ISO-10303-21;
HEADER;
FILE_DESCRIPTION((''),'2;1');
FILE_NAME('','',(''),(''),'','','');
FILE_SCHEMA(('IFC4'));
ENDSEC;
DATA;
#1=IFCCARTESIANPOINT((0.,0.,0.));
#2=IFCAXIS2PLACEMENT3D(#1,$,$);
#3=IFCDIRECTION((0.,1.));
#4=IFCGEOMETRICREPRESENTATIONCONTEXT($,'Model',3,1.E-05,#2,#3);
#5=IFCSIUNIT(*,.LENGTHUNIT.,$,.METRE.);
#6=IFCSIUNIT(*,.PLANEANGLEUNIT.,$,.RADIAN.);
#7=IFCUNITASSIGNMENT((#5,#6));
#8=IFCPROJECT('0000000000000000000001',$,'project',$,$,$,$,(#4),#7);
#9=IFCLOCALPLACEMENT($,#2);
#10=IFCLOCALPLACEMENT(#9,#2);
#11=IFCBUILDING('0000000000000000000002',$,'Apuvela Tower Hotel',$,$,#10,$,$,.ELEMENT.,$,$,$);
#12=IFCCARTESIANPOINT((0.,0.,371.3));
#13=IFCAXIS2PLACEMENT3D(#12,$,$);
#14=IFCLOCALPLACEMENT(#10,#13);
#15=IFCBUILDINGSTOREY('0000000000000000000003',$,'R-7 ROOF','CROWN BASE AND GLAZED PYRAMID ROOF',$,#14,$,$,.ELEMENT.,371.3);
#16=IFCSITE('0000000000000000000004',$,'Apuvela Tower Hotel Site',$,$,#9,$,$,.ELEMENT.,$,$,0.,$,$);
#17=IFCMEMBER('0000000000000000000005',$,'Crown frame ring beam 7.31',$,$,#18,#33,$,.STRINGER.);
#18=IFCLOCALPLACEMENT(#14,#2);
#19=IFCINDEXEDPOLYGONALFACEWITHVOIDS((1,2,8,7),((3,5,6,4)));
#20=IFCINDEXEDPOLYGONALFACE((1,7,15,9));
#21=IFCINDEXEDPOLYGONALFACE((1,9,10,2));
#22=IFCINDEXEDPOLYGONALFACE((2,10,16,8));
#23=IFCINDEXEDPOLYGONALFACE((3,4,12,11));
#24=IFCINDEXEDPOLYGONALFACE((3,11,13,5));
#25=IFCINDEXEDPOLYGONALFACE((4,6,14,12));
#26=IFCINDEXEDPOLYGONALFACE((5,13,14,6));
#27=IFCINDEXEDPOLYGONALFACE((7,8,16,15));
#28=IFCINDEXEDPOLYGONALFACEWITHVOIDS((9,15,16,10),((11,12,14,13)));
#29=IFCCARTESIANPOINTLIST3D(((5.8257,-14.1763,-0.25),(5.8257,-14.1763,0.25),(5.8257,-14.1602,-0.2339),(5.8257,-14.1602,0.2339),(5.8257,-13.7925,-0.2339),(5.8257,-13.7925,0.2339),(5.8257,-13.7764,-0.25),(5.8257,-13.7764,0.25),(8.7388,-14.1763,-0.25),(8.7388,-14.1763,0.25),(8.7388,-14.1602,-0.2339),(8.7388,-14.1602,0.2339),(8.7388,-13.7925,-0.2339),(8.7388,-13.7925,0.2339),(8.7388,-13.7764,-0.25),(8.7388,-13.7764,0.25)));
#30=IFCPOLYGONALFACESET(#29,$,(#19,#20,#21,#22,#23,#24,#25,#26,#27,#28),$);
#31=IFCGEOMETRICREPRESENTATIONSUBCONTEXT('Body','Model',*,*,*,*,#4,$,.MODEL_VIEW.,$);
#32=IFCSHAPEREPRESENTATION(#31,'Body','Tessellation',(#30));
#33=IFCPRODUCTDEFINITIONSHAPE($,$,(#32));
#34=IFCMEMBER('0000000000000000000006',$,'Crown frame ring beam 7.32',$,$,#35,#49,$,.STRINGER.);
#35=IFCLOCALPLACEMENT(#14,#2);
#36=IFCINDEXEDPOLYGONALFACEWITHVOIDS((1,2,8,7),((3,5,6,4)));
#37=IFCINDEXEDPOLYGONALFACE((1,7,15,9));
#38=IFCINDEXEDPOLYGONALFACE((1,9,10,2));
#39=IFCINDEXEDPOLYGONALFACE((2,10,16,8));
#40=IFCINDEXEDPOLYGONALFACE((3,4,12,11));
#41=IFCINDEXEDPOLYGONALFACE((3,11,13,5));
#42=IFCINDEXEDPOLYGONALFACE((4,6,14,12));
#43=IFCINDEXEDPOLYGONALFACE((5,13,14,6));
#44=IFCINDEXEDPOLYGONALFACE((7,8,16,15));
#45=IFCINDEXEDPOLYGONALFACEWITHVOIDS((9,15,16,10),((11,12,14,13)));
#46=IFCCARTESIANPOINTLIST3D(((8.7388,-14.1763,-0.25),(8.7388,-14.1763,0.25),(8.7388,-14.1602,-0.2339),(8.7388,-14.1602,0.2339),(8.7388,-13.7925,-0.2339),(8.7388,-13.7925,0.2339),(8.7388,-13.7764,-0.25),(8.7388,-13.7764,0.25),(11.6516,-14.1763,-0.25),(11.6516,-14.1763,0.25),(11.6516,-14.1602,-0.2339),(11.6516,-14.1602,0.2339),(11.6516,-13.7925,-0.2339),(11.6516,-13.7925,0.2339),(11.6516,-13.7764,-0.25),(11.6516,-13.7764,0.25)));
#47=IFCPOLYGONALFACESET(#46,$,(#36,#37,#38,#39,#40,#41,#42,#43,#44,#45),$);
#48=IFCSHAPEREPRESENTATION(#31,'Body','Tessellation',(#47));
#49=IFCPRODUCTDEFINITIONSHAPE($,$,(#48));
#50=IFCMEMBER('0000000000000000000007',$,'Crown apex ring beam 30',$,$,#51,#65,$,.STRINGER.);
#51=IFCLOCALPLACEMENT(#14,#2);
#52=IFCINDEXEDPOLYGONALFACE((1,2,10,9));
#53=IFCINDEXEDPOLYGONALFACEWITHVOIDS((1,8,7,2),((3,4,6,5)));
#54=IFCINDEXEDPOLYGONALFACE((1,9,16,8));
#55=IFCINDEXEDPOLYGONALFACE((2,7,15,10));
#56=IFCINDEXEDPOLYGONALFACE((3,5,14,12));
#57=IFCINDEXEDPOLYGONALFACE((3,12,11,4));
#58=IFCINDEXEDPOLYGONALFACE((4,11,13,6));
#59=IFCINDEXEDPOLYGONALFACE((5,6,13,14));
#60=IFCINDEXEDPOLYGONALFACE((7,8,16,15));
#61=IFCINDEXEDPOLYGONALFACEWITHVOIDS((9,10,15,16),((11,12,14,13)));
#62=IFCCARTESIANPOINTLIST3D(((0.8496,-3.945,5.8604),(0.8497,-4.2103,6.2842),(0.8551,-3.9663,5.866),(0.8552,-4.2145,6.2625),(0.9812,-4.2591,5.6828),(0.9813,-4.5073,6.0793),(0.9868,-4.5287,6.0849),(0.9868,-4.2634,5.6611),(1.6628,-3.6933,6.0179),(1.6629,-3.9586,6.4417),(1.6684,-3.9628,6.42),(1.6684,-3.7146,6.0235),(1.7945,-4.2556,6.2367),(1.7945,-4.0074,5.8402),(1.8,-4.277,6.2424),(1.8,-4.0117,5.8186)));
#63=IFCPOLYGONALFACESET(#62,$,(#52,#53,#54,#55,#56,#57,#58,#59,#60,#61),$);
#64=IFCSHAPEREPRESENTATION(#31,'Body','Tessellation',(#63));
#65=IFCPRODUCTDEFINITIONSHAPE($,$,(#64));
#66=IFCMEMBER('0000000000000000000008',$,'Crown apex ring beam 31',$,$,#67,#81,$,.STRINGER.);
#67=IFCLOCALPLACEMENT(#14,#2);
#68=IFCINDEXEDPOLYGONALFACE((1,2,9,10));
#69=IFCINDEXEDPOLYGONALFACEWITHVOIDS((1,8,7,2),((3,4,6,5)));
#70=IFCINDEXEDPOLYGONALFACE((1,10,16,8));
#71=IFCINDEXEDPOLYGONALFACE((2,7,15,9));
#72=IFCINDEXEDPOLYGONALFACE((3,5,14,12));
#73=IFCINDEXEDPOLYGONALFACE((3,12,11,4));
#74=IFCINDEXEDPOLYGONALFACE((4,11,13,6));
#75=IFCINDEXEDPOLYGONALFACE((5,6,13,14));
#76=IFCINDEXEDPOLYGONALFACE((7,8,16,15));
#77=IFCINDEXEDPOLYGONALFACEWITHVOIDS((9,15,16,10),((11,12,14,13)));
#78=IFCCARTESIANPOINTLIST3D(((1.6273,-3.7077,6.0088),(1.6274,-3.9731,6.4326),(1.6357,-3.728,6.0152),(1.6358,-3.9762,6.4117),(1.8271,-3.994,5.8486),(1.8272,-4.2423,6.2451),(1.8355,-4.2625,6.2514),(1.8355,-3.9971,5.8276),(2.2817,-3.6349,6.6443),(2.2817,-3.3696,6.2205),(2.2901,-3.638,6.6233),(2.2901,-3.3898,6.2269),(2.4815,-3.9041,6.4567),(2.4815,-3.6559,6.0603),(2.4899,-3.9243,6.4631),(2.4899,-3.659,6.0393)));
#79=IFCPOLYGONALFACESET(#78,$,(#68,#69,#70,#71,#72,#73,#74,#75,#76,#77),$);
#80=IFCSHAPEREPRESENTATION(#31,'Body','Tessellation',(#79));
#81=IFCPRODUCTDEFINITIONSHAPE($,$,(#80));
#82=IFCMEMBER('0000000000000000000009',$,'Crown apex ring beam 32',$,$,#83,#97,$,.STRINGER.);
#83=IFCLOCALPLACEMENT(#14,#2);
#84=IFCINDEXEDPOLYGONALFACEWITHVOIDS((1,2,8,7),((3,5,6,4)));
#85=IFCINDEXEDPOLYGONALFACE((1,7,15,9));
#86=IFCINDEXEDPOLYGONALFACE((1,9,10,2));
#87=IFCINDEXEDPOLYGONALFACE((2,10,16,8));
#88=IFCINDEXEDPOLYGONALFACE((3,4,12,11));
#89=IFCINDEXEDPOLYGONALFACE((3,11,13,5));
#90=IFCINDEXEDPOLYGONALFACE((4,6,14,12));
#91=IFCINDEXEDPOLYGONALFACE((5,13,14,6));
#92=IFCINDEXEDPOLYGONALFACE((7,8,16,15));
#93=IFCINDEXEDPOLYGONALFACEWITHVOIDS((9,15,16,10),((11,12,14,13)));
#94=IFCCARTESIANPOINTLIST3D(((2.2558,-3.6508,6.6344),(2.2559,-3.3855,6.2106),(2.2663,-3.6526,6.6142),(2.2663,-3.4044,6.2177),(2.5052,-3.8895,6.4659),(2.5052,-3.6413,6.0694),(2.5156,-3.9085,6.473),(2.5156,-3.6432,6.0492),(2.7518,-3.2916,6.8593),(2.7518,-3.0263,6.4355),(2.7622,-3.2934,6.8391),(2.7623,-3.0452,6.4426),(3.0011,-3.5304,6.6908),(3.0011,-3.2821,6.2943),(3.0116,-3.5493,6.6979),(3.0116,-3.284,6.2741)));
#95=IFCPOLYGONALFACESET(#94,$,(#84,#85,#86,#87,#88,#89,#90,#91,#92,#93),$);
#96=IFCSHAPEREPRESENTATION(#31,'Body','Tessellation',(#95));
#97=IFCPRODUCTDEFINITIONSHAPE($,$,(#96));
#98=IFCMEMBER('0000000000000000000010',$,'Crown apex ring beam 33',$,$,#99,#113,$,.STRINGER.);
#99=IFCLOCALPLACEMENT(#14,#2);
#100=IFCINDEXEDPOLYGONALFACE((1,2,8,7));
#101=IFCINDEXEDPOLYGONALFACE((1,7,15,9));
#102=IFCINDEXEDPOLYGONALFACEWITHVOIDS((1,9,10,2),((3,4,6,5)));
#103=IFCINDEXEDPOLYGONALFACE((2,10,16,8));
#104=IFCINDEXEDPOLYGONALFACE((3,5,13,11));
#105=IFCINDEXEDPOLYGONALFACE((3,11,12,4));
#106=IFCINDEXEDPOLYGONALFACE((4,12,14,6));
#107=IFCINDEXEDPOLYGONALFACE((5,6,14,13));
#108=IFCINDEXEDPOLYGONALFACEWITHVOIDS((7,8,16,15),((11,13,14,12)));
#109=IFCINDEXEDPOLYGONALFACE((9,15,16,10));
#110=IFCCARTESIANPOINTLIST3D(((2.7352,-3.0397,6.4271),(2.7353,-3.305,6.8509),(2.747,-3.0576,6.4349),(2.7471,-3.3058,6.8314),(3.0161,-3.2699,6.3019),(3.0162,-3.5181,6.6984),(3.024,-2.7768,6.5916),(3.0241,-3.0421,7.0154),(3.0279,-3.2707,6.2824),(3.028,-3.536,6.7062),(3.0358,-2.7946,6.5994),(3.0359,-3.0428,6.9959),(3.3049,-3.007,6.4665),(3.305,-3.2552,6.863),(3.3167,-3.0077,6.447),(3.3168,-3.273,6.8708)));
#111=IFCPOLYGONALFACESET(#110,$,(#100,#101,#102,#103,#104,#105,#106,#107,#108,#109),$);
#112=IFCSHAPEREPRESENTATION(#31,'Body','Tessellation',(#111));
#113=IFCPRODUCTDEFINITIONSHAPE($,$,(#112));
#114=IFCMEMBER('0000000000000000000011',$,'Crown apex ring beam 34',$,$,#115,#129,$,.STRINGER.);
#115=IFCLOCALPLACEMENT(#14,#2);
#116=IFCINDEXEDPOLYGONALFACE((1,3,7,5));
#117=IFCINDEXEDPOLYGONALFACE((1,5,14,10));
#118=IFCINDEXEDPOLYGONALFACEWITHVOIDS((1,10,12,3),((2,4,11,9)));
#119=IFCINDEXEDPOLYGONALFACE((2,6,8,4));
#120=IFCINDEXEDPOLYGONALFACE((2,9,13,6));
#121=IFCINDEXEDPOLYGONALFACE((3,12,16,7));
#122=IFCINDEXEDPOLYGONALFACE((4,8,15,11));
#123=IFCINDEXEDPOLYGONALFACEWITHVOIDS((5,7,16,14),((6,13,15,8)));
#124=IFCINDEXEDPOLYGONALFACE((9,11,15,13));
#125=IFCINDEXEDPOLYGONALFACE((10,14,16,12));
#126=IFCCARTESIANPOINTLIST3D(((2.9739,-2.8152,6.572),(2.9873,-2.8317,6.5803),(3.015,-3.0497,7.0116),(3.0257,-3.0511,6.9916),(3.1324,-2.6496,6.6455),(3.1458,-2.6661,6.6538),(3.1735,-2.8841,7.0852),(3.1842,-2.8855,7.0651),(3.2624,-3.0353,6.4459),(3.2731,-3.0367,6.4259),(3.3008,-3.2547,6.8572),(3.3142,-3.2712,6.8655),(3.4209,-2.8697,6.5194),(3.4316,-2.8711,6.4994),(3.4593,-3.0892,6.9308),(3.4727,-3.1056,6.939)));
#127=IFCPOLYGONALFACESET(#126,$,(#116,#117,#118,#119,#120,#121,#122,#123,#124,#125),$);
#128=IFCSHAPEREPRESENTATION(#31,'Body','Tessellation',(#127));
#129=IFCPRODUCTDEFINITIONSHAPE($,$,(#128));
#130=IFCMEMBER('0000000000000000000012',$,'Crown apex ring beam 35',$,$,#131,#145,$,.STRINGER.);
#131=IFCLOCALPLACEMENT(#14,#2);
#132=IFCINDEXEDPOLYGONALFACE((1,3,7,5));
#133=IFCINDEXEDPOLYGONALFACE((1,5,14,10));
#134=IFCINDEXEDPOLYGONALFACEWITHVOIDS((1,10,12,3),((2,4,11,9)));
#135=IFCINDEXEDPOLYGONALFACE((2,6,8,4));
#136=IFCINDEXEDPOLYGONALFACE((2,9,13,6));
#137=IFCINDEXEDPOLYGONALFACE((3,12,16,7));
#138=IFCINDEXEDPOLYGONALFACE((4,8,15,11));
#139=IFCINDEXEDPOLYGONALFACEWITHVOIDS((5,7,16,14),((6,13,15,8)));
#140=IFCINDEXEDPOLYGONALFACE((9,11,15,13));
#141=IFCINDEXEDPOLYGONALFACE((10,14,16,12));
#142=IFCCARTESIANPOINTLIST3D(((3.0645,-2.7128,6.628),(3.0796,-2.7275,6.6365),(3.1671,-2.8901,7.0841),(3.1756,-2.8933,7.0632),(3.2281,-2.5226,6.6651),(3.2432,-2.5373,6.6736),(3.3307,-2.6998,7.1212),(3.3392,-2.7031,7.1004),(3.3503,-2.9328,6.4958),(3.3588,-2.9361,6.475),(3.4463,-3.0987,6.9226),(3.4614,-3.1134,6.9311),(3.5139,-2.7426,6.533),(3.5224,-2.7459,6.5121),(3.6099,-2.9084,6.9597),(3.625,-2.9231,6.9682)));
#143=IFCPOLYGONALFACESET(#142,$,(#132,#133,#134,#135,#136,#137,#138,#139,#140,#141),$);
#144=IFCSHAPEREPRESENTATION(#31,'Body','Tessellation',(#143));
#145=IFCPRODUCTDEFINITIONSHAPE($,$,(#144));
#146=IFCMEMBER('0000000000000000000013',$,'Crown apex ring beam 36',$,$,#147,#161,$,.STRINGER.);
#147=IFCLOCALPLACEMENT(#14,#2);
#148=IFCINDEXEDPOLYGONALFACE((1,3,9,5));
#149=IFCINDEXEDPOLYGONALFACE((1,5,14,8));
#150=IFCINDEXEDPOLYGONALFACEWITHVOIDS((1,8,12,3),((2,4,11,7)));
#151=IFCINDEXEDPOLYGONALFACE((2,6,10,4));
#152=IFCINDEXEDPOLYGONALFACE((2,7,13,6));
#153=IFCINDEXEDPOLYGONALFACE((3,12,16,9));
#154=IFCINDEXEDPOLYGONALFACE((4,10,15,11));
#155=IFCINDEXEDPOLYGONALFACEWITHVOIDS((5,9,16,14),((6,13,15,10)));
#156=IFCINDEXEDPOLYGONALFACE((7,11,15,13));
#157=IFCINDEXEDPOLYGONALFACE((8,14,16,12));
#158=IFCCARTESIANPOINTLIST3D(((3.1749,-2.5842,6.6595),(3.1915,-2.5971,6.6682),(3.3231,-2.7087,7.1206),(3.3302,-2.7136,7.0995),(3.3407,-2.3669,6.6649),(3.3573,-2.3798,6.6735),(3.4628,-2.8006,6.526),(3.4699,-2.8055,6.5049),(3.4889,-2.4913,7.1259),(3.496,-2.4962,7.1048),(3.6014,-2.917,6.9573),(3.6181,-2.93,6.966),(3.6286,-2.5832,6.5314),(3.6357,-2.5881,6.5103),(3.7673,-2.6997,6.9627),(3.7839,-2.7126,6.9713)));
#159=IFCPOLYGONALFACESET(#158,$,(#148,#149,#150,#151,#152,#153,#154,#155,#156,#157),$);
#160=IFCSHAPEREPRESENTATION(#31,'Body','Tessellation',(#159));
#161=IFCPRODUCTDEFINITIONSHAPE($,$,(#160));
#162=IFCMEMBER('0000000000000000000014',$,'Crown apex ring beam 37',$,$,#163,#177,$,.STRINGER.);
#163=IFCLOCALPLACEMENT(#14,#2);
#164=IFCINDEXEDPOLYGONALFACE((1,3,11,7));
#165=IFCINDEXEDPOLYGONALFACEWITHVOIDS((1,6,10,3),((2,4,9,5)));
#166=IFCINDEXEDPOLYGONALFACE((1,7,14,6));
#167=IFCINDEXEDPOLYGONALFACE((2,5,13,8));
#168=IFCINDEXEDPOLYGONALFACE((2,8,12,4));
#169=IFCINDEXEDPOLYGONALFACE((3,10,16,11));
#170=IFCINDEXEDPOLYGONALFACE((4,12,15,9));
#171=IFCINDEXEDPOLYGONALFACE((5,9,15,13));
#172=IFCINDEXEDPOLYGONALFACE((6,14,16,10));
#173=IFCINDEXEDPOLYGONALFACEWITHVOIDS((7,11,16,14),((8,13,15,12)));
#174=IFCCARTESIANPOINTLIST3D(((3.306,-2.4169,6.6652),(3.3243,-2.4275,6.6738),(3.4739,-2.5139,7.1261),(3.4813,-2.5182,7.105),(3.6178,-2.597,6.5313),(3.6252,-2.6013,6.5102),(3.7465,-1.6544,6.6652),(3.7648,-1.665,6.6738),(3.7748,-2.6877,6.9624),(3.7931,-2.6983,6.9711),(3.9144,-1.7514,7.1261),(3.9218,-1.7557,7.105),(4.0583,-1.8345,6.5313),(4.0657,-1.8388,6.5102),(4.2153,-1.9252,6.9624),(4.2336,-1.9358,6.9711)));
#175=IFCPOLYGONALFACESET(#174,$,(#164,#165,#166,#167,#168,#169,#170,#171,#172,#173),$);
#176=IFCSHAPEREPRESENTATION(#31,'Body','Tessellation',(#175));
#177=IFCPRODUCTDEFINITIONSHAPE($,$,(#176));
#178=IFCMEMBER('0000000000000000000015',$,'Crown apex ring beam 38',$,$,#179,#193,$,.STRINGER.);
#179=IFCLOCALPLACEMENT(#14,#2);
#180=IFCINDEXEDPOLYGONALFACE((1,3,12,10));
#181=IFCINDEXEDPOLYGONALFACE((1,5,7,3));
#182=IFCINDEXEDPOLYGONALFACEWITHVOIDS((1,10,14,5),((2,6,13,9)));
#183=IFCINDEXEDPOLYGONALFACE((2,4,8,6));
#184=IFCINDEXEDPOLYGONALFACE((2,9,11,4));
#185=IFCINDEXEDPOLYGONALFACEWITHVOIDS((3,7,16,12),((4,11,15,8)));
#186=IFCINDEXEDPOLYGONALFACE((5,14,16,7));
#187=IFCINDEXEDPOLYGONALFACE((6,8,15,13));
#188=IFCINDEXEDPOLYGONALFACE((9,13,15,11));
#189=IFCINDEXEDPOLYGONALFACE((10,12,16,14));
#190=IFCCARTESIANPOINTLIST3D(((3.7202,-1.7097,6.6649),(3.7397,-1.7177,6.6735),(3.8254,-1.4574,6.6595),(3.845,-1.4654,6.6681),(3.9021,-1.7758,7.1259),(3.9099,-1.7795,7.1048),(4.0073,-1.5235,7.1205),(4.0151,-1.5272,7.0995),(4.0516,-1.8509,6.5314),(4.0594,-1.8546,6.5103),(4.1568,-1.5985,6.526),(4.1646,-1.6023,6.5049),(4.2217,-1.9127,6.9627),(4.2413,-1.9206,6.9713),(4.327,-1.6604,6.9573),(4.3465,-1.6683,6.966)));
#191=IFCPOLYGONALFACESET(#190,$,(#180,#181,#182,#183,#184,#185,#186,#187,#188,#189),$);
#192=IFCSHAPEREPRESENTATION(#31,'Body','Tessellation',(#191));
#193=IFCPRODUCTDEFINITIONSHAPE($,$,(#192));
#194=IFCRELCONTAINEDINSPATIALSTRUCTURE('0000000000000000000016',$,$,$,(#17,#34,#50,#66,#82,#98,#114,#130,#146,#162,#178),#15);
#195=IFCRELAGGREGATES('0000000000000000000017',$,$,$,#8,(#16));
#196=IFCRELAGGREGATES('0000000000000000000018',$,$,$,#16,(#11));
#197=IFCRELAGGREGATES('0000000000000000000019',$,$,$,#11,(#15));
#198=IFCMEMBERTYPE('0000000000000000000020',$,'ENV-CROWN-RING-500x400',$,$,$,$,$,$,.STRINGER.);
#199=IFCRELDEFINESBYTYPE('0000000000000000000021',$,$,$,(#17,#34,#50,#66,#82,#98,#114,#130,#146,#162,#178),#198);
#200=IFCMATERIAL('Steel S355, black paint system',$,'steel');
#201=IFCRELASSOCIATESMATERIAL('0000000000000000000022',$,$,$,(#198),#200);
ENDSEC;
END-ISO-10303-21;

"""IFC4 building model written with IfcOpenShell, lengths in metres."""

from ifc_helpers import new_model, si_unit, direction, frame, origin, origin_2d, place, context, subcontext, project, spatial, hollow_rectangle, extrude, material, material_profile, profile_set, type_object, element, save


model = new_model("IFC4")

# Units and contexts
model_context = context("Model", 3, precision=1e-05, world=origin(), true_north=direction((0.0, 1.0)))
body_context = subcontext(model_context, "Body", "Model", "MODEL_VIEW")
ifc_project = project(units=[si_unit("LENGTHUNIT", "METRE"), si_unit("PLANEANGLEUNIT", "RADIAN")], contexts=[model_context])

# Site, building, storey
site_placement = place(None, origin())
site = spatial("IfcSite", under=ifc_project, at=site_placement, Name="Apuvela Tower Hotel Site", CompositionType="ELEMENT", RefElevation=0.0)
building_placement = place(site_placement, origin())
building = spatial("IfcBuilding", under=site, at=building_placement, Name="Apuvela Tower Hotel", CompositionType="ELEMENT")
storey_placement = place(building_placement, frame((0.0, 0.0, 371.3)))
storey = spatial("IfcBuildingStorey", under=building, at=storey_placement, Name="R-7 ROOF", Description="CROWN BASE AND GLAZED PYRAMID ROOF", CompositionType="ELEMENT", Elevation=371.3)

# Members
ifc_material_1 = material(Name="Steel S355, black paint system", Category="steel")
ifc_material_profile_1 = material_profile(ifc_material_1, hollow_rectangle(XDim=0.3999, YDim=0.5, WallThickness=0.0161, at=origin_2d()), Name="HSS 500x400x16")
ifc_profile_set_1 = profile_set([ifc_material_profile_1], Name="Steel S355, black paint system")
member_type_1 = type_object("IfcMemberType", Name="ENV-CROWN-RING-500x400", PredefinedType="STRINGER", material=ifc_profile_set_1)
member_1_placement = place(storey_placement, frame((5.8257, -13.9763, 0.0), z_axis=(1.0, 0.0, 0.0), x_axis=(0.0, 1.0, 0.0)))
element("IfcMember", 1, at=member_1_placement, inside=storey, type_object=member_type_1, Name="Crown frame ring beam 7.31", PredefinedType="STRINGER", context=body_context, shape_type="SweptSolid", body=[
    extrude(hollow_rectangle(XDim=0.3999, YDim=0.5, WallThickness=0.0161, at=origin_2d()), origin(), (0.0, 0.0, 1.0), 2.9131),
])
member_2_placement = place(storey_placement, frame((8.7388, -13.9763, 0.0), z_axis=(1.0, 0.0, 0.0), x_axis=(0.0, 1.0, 0.0)))
element("IfcMember", 2, at=member_2_placement, inside=storey, type_object=member_type_1, Name="Crown frame ring beam 7.32", PredefinedType="STRINGER", context=body_context, shape_type="SweptSolid", body=[
    extrude(hollow_rectangle(XDim=0.3999, YDim=0.5, WallThickness=0.0161, at=origin_2d()), origin(), (0.0, 0.0, 1.0), 2.9128),
])
member_3_placement = place(storey_placement, frame((0.9182, -4.2368, 5.9727), z_axis=(0.939352, 0.290745, 0.181892), x_axis=(-0.342954, 0.796192, 0.498458)))
element("IfcMember", 3, at=member_3_placement, inside=storey, type_object=member_type_1, Name="Crown apex ring beam 30", PredefinedType="STRINGER", context=body_context, shape_type="SweptSolid", body=[
    extrude(hollow_rectangle(XDim=0.3999, YDim=0.5, WallThickness=0.0161, at=origin_2d()), origin(), (0.0, 0.0, 1.0), 0.8657),
])
member_4_placement = place(storey_placement, frame((1.7314, -3.9851, 6.1301), z_axis=(0.853819, 0.441246, 0.276217), x_axis=(-0.52057, 0.723671, 0.453108)))
element("IfcMember", 4, at=member_4_placement, inside=storey, type_object=member_type_1, Name="Crown apex ring beam 31", PredefinedType="STRINGER", context=body_context, shape_type="SweptSolid", body=[
    extrude(hollow_rectangle(XDim=0.3999, YDim=0.5, WallThickness=0.0161, at=origin_2d()), origin(), (0.0, 0.0, 1.0), 0.7664),
])
member_5_placement = place(storey_placement, frame((2.3857, -3.647, 6.3418), z_axis=(0.76024, 0.550622, 0.344747), x_axis=(-0.649642, 0.64438, 0.40341)))
element("IfcMember", 5, at=member_5_placement, inside=storey, type_object=member_type_1, Name="Crown apex ring beam 32", PredefinedType="STRINGER", context=body_context, shape_type="SweptSolid", body=[
    extrude(hollow_rectangle(XDim=0.3999, YDim=0.5, WallThickness=0.0161, at=origin_2d()), origin(), (0.0, 0.0, 1.0), 0.6523),
])
member_6_placement = place(storey_placement, frame((2.8816, -3.2878, 6.5667), z_axis=(0.681452, 0.620392, 0.388249), x_axis=(-0.731863, 0.57756, 0.361665)))
element("IfcMember", 6, at=member_6_placement, inside=storey, type_object=member_type_1, Name="Crown apex ring beam 33", PredefinedType="STRINGER", context=body_context, shape_type="SweptSolid", body=[
    extrude(hollow_rectangle(XDim=0.3999, YDim=0.5, WallThickness=0.0161, at=origin_2d()), origin(), (0.0, 0.0, 1.0), 0.4238),
])
member_7_placement = place(storey_placement, frame((3.144, -3.0432, 6.7188), z_axis=(0.658455, 0.687878, 0.305385), x_axis=(-0.748118, 0.553903, 0.365391)))
element("IfcMember", 7, at=member_7_placement, inside=storey, type_object=member_type_1, Name="Crown apex ring beam 34", PredefinedType="STRINGER", context=body_context, shape_type="SweptSolid", body=[
    extrude(hollow_rectangle(XDim=0.3999, YDim=0.5, WallThickness=0.0161, at=origin_2d()), origin(), (0.0, 0.0, 1.0), 0.2407),
])
member_8_placement = place(storey_placement, frame((3.2629, -2.9131, 6.7795), z_axis=(0.645053, 0.749994, 0.14634), x_axis=(-0.736062, 0.558416, 0.382602)))
element("IfcMember", 8, at=member_8_placement, inside=storey, type_object=member_type_1, Name="Crown apex ring beam 35", PredefinedType="STRINGER", context=body_context, shape_type="SweptSolid", body=[
    extrude(hollow_rectangle(XDim=0.3999, YDim=0.5, WallThickness=0.0161, at=origin_2d()), origin(), (0.0, 0.0, 1.0), 0.2537),
])
member_9_placement = place(storey_placement, frame((3.3965, -2.7571, 6.8127), z_axis=(0.606437, 0.794888, 0.019649), x_axis=(-0.737824, 0.553347, 0.386553)))
element("IfcMember", 9, at=member_9_placement, inside=storey, type_object=member_type_1, Name="Crown apex ring beam 36", PredefinedType="STRINGER", context=body_context, shape_type="SweptSolid", body=[
    extrude(hollow_rectangle(XDim=0.3999, YDim=0.5, WallThickness=0.0161, at=origin_2d()), origin(), (0.0, 0.0, 1.0), 0.2734),
])
member_10_placement = place(storey_placement, frame((3.5496, -2.5576, 6.8181), z_axis=(0.500194, 0.865913, 0.0), x_axis=(-0.798201, 0.461081, 0.387659)))
element("IfcMember", 10, at=member_10_placement, inside=storey, type_object=member_type_1, Name="Crown apex ring beam 37", PredefinedType="STRINGER", context=body_context, shape_type="SweptSolid", body=[
    extrude(hollow_rectangle(XDim=0.3999, YDim=0.5, WallThickness=0.0161, at=origin_2d()), origin(), (0.0, 0.0, 1.0), 0.8806),
])
member_11_placement = place(storey_placement, frame((3.9807, -1.8152, 6.8181), z_axis=(0.384985, 0.922714, -0.019651), x_axis=(-0.848199, 0.362128, 0.386553)))
element("IfcMember", 11, at=member_11_placement, inside=storey, type_object=member_type_1, Name="Crown apex ring beam 38", PredefinedType="STRINGER", context=body_context, shape_type="SweptSolid", body=[
    extrude(hollow_rectangle(XDim=0.3999, YDim=0.5, WallThickness=0.0161, at=origin_2d()), origin(), (0.0, 0.0, 1.0), 0.2734),
])

save(model, "model.ifc")
